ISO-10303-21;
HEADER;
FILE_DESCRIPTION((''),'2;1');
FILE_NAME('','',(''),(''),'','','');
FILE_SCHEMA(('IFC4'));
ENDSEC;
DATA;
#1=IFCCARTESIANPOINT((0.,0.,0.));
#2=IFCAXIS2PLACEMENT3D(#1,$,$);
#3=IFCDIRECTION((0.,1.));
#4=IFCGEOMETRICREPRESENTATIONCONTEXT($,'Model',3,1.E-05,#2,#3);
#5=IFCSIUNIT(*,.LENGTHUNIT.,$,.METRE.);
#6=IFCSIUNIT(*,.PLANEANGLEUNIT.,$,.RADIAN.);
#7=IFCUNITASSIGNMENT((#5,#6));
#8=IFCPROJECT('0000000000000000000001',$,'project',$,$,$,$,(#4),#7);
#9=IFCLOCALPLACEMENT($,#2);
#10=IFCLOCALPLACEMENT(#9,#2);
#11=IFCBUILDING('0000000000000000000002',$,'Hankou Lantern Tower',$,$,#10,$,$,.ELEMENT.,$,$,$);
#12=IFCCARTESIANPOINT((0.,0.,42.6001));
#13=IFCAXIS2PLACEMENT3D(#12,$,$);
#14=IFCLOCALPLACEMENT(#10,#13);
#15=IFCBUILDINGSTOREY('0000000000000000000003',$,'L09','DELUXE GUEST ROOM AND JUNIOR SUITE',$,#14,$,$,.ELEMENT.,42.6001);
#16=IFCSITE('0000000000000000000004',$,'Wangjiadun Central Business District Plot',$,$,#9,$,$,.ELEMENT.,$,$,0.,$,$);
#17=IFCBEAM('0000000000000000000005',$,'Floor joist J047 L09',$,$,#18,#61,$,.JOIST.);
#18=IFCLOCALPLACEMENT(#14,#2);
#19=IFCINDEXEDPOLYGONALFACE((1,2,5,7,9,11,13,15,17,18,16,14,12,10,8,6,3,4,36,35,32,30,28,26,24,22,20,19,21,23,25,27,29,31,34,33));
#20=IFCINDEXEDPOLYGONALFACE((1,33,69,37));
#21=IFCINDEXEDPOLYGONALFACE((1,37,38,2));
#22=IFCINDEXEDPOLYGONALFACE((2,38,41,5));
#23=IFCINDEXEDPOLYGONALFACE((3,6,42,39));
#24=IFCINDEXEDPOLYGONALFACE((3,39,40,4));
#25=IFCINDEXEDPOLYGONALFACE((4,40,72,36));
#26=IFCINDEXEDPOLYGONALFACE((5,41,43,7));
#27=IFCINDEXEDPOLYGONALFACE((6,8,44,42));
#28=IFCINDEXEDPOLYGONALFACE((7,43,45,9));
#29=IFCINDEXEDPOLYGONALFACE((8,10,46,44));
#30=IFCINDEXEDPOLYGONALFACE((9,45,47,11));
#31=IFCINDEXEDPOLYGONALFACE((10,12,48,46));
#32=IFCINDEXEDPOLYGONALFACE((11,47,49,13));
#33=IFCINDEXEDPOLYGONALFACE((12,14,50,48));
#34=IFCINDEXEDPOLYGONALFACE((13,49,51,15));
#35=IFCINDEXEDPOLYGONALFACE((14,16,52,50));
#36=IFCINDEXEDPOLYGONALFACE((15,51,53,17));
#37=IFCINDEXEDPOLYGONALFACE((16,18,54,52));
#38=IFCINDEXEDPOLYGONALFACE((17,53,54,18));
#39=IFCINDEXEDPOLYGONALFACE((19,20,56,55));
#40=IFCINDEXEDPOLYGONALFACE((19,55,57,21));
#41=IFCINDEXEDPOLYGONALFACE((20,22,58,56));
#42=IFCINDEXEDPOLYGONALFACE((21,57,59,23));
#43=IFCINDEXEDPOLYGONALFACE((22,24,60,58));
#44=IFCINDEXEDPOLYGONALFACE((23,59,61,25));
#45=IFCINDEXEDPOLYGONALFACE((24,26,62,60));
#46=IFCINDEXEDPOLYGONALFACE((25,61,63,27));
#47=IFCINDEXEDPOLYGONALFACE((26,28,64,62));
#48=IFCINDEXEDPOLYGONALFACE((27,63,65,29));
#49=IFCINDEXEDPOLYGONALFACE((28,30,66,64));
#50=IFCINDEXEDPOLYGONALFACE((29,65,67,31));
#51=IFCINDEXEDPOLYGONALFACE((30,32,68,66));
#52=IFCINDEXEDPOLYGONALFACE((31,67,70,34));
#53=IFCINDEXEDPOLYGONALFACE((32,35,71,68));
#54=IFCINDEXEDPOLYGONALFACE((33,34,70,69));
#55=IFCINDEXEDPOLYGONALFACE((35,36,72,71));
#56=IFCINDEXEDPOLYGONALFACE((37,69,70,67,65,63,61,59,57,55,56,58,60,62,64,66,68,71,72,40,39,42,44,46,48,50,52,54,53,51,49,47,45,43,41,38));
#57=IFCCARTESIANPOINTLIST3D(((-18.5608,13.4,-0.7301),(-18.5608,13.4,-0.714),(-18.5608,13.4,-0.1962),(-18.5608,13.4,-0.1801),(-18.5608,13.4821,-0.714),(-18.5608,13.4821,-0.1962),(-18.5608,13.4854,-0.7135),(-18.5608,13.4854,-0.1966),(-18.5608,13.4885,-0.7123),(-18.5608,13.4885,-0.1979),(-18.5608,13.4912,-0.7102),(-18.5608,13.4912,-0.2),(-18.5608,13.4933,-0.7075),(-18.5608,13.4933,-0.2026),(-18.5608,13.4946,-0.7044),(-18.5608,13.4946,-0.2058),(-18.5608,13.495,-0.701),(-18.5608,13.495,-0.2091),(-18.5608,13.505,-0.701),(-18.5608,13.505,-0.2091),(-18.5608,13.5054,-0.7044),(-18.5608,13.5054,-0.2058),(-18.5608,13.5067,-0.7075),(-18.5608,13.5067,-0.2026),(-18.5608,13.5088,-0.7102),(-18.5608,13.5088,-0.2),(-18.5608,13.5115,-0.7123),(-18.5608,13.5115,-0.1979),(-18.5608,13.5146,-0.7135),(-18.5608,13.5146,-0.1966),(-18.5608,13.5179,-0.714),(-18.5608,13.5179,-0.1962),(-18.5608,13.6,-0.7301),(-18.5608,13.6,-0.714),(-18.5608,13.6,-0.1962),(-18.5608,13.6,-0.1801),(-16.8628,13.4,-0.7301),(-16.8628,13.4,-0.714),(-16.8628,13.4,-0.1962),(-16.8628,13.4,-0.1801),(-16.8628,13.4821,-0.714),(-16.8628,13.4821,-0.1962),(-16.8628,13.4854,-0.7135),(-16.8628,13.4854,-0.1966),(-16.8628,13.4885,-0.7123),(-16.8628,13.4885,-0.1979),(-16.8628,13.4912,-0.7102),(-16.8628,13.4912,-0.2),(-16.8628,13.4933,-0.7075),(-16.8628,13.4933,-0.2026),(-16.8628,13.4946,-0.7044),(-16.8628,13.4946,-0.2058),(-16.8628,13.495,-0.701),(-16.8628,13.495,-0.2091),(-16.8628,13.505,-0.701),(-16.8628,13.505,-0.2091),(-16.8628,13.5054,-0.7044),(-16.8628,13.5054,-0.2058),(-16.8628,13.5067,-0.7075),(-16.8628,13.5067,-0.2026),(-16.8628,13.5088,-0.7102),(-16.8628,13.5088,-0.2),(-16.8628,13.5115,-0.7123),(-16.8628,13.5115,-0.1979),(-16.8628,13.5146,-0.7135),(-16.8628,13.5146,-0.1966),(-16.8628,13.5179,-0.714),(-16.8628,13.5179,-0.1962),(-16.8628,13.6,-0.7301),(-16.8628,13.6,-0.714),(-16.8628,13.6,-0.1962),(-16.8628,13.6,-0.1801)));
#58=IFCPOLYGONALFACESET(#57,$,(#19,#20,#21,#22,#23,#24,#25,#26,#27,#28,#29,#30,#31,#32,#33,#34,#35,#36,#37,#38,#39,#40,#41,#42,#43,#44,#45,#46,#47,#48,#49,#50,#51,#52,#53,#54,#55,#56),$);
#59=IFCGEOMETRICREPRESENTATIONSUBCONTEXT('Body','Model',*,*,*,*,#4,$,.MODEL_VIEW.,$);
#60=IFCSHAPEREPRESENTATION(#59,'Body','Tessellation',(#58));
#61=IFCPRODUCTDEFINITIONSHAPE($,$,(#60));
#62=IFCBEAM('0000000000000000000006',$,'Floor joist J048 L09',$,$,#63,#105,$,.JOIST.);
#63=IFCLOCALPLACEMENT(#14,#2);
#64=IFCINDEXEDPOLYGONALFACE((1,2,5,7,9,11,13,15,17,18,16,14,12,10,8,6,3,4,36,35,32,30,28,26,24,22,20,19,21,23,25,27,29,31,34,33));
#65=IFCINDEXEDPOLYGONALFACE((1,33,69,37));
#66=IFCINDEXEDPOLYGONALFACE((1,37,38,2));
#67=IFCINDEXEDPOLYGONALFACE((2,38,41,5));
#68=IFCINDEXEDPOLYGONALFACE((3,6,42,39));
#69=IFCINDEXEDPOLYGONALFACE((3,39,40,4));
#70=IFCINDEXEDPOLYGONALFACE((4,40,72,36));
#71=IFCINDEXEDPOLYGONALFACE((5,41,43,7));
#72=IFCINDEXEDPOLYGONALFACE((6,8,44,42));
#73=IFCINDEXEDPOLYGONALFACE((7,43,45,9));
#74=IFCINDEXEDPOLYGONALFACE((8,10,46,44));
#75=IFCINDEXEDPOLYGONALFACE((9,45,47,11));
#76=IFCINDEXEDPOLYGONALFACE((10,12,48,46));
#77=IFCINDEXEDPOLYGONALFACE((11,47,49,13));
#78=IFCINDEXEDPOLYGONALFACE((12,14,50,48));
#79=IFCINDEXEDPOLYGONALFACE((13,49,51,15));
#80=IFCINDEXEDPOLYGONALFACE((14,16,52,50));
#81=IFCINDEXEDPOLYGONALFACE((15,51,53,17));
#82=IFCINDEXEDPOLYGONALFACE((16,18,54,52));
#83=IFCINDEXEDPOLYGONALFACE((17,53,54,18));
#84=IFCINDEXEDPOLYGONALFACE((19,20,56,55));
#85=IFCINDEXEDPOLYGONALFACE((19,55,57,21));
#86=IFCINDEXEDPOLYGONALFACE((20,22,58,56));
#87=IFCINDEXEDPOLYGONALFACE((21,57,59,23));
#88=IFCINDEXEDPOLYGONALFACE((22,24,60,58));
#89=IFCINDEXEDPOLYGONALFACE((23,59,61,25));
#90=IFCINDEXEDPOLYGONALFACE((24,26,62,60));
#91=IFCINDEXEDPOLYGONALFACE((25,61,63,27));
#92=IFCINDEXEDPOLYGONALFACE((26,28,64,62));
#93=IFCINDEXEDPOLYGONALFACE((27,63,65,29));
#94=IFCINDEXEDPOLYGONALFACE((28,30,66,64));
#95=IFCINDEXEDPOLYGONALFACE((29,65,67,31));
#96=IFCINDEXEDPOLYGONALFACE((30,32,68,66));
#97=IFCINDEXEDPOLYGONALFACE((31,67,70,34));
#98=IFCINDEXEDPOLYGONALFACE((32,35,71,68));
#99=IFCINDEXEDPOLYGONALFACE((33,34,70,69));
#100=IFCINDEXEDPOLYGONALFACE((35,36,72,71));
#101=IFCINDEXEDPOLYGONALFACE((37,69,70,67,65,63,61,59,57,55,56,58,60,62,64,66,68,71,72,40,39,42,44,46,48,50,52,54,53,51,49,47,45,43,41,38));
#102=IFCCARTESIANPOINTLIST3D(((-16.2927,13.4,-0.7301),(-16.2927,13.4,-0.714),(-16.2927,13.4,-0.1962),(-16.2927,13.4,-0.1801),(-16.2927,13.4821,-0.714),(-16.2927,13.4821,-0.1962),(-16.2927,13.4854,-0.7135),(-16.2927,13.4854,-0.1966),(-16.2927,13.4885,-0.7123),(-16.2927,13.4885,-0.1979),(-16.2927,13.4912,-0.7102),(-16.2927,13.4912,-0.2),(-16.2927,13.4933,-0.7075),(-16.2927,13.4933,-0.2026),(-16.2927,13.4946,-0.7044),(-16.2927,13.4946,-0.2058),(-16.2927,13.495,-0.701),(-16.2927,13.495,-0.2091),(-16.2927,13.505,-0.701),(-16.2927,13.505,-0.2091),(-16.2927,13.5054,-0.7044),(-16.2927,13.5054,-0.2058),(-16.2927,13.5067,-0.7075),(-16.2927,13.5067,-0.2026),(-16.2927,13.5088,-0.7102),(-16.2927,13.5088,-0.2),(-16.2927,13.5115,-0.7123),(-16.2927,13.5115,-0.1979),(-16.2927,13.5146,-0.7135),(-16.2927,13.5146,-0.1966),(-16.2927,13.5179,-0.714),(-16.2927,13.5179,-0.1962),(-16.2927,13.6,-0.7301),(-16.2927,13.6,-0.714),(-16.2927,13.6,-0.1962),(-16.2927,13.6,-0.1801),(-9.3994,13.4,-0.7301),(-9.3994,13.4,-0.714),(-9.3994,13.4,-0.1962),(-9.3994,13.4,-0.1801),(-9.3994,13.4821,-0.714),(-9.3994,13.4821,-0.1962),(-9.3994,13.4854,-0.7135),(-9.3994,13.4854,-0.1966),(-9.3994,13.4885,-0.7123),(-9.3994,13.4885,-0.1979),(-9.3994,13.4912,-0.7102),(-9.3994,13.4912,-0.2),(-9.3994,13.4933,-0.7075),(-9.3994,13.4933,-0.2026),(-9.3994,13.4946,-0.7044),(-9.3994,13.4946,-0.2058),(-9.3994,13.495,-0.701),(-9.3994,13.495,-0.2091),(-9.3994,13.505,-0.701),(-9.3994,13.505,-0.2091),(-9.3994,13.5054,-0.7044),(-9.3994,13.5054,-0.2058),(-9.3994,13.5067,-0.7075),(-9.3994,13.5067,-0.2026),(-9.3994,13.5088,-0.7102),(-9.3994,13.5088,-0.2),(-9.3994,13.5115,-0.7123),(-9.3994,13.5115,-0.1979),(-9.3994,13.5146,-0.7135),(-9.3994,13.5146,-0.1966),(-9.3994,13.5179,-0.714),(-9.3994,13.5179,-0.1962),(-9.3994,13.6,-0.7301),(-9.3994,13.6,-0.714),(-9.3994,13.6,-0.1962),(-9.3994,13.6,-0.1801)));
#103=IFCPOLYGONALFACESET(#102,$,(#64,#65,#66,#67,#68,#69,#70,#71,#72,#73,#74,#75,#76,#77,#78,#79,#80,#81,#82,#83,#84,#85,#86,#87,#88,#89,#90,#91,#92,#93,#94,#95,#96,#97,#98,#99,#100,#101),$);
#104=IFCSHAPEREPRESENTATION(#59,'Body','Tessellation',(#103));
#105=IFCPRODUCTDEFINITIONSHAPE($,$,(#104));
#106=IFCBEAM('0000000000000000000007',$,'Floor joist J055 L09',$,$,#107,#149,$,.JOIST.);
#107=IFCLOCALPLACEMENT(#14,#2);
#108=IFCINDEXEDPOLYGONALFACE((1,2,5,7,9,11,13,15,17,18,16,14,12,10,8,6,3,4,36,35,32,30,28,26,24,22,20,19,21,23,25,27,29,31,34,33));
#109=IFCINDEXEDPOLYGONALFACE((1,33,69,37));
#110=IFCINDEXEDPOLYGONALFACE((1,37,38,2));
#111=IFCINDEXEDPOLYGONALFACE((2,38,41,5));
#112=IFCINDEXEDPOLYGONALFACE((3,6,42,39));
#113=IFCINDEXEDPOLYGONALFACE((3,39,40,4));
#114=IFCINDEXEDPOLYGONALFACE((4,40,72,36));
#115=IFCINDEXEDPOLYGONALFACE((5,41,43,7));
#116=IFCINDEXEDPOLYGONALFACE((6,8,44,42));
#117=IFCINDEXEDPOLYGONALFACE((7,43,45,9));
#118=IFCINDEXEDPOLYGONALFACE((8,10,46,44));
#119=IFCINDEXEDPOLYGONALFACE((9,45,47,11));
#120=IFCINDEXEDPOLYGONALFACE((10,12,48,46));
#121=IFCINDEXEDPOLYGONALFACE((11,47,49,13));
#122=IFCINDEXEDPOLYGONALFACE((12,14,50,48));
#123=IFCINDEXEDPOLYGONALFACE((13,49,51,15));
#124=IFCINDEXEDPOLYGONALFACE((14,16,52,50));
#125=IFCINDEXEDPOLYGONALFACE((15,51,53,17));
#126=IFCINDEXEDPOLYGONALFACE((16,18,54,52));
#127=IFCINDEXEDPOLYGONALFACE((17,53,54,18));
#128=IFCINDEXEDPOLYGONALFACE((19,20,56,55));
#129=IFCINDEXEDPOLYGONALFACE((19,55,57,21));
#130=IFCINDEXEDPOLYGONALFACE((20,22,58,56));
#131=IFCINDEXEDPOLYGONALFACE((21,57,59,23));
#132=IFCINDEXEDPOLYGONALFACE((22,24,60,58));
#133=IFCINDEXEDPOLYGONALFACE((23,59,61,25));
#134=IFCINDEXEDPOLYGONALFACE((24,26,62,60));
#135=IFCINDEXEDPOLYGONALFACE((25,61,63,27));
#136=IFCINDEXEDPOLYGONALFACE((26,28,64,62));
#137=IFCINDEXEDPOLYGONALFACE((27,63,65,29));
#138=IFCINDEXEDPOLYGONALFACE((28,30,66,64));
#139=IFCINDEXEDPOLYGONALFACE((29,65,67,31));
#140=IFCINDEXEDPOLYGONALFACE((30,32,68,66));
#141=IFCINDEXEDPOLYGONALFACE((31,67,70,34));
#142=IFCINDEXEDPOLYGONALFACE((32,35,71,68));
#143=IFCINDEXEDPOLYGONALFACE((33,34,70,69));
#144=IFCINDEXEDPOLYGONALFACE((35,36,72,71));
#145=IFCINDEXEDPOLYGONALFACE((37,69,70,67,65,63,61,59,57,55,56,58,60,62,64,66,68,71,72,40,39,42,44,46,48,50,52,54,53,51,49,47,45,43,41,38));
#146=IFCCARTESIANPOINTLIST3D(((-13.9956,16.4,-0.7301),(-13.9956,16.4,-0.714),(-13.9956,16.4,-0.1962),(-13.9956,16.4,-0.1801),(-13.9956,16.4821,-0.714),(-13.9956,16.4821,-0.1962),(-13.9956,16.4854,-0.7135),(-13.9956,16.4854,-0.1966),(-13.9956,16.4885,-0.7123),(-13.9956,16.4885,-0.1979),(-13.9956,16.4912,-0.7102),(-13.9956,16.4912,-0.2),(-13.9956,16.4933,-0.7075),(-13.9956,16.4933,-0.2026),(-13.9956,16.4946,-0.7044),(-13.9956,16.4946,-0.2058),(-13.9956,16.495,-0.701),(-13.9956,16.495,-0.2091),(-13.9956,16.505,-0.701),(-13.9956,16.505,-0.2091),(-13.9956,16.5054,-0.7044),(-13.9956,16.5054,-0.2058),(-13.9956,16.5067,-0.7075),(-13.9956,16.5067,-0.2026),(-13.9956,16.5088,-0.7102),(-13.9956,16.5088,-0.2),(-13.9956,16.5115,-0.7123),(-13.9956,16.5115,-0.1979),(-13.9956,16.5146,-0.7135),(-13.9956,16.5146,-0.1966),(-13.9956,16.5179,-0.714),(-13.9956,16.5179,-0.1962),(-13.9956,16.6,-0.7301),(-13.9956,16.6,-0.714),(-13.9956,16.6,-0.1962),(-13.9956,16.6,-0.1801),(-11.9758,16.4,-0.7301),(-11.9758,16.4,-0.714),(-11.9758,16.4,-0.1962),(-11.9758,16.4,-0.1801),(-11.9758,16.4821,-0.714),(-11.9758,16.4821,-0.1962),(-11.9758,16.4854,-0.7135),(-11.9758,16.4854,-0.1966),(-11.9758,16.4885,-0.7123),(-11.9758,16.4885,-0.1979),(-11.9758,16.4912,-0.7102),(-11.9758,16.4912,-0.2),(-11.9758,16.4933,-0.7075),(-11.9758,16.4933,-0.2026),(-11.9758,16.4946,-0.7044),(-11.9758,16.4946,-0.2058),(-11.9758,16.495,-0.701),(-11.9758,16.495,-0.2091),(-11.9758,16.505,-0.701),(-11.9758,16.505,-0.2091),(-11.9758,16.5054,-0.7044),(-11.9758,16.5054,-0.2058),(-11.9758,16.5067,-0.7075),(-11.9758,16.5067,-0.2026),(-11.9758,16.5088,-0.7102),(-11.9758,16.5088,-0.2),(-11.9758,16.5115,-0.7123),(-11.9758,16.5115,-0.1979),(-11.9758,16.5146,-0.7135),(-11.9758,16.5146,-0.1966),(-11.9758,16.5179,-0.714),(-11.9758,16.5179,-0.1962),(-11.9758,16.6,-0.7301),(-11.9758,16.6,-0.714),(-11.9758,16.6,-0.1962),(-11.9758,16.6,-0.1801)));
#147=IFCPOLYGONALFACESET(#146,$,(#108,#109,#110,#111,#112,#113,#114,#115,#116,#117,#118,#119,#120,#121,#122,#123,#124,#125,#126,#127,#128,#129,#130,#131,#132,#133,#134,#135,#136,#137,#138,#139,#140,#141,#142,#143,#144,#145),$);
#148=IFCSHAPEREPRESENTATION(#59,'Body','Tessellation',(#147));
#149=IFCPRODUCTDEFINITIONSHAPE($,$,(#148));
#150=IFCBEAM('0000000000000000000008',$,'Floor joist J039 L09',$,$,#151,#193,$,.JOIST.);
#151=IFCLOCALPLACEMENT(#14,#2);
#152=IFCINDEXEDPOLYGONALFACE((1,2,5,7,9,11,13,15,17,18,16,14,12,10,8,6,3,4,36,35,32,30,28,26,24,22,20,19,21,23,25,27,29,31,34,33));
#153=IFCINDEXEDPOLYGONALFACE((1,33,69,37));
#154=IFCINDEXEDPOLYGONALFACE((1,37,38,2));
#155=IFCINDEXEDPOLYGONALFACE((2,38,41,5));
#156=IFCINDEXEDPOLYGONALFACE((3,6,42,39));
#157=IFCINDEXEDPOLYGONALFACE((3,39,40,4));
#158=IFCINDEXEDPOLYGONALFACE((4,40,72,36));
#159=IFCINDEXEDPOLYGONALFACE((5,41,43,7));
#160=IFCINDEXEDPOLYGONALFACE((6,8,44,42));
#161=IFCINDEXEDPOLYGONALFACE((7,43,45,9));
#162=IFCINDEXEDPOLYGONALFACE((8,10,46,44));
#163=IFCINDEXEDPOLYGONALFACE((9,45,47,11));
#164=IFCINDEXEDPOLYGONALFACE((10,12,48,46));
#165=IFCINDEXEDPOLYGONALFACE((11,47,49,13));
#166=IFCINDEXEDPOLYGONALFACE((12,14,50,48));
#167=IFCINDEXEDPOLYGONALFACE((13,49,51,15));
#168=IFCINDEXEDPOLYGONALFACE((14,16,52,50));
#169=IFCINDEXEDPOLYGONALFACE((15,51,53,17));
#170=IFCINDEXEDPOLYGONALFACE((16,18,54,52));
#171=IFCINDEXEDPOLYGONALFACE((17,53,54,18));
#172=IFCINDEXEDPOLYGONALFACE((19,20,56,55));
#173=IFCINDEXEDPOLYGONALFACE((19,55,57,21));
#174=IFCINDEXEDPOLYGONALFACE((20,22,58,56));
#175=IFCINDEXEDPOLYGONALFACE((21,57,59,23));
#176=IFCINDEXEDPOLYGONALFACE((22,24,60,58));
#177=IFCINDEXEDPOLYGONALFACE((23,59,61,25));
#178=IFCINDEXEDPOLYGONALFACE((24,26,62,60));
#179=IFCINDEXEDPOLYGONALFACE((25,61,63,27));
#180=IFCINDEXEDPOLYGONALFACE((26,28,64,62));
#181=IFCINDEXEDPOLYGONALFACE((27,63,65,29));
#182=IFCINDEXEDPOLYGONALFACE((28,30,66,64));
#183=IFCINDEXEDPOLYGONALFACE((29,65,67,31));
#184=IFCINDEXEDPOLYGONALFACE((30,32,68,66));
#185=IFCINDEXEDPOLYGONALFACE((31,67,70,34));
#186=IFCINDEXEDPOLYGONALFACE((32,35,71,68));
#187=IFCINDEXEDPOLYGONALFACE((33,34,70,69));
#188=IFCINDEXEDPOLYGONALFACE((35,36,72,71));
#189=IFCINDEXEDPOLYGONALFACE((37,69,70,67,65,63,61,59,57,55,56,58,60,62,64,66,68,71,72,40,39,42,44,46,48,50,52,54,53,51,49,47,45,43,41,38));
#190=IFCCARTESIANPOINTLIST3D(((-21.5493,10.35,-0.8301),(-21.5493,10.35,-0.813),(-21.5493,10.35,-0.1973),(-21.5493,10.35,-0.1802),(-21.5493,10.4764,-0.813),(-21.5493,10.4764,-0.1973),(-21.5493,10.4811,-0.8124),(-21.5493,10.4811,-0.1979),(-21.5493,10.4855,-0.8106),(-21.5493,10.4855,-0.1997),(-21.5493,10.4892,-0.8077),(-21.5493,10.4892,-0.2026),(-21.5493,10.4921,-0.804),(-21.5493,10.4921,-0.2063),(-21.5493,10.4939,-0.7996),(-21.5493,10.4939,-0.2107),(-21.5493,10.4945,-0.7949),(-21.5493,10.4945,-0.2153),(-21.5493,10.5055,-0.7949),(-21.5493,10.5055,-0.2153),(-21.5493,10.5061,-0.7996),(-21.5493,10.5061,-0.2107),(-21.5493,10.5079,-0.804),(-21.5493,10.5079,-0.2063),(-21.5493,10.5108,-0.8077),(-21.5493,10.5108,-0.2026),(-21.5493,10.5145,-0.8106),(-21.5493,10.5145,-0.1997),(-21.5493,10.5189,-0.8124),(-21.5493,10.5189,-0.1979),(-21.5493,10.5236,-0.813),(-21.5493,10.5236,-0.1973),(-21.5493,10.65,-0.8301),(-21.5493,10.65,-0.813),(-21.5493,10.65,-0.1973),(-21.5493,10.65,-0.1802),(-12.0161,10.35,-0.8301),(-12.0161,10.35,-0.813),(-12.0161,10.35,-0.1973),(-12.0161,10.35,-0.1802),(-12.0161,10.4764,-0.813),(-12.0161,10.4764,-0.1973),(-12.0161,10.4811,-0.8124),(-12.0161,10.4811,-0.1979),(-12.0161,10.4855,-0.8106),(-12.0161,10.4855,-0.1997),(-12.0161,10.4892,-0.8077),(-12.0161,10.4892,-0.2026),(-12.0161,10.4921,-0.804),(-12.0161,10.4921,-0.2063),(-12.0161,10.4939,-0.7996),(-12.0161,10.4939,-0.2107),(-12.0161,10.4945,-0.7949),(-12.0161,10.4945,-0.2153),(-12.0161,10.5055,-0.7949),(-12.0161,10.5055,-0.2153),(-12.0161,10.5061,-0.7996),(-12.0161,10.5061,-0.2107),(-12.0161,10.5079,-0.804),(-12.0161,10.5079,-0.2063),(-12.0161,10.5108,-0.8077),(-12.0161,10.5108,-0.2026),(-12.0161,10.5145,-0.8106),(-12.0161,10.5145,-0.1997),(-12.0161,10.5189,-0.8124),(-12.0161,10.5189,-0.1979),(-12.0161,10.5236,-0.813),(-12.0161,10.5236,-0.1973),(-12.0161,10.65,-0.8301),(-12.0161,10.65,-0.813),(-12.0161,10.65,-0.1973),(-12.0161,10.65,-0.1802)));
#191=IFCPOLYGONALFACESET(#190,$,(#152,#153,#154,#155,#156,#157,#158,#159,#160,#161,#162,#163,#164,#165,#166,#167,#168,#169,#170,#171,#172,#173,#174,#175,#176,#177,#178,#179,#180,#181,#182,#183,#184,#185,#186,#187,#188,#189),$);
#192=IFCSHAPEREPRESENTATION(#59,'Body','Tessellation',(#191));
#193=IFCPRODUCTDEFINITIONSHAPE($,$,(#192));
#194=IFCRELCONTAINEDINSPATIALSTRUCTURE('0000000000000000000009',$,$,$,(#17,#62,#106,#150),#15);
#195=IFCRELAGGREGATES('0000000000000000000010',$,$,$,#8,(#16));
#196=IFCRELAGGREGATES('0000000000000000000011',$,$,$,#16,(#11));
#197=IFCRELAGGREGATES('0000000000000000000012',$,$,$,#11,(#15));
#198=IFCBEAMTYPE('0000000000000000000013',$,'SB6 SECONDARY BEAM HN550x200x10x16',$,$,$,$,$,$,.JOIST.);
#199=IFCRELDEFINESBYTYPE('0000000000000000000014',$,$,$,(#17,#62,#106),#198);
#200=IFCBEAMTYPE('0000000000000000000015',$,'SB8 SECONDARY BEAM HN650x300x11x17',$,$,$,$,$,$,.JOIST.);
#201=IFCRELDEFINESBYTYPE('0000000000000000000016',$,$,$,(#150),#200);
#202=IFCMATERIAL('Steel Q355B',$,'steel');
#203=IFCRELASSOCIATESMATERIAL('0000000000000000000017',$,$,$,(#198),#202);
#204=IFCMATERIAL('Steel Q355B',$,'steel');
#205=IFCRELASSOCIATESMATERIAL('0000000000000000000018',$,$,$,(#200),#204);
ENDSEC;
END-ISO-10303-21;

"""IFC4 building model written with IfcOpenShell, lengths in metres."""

from ifc_helpers import new_model, si_unit, direction, frame, origin, origin_2d, place, context, subcontext, project, spatial, i_section, extrude, material, material_profile, profile_set, type_object, element, save


model = new_model("IFC4")

# Units and contexts
model_context = context("Model", 3, precision=1e-05, world=origin(), true_north=direction((0.0, 1.0)))
body_context = subcontext(model_context, "Body", "Model", "MODEL_VIEW")
ifc_project = project(units=[si_unit("LENGTHUNIT", "METRE"), si_unit("PLANEANGLEUNIT", "RADIAN")], contexts=[model_context])

# Site, building, storey
site_placement = place(None, origin())
site = spatial("IfcSite", under=ifc_project, at=site_placement, Name="Wangjiadun Central Business District Plot", CompositionType="ELEMENT", RefElevation=0.0)
building_placement = place(site_placement, origin())
building = spatial("IfcBuilding", under=site, at=building_placement, Name="Hankou Lantern Tower", CompositionType="ELEMENT")
storey_placement = place(building_placement, frame((0.0, 0.0, 42.6001)))
storey = spatial("IfcBuildingStorey", under=building, at=storey_placement, Name="L09", Description="DELUXE GUEST ROOM AND JUNIOR SUITE", CompositionType="ELEMENT", Elevation=42.6001)

# Beams
ifc_material_1 = material(Name="Steel Q355B", Category="steel")
ifc_material_profile_1 = material_profile(ifc_material_1, i_section(OverallWidth=0.2, OverallDepth=0.55, WebThickness=0.01, FlangeThickness=0.0161, FilletRadius=0.0129, at=origin_2d()), Name="HN550x200x10x16")
ifc_profile_set_1 = profile_set([ifc_material_profile_1], Name="Steel Q355B")
beam_type_1 = type_object("IfcBeamType", Name="SB6 SECONDARY BEAM HN550x200x10x16", PredefinedType="JOIST", material=ifc_profile_set_1)
beam_1_placement = place(storey_placement, frame((-18.5608, 13.5, -0.4551), z_axis=(1.0, 0.0, 0.0), x_axis=(0.0, 1.0, 0.0)))
element("IfcBeam", 1, at=beam_1_placement, inside=storey, type_object=beam_type_1, Name="Floor joist J047 L09", PredefinedType="JOIST", context=body_context, shape_type="SweptSolid", body=[
    extrude(i_section(OverallWidth=0.2, OverallDepth=0.55, WebThickness=0.01, FlangeThickness=0.0161, FilletRadius=0.0129, at=origin_2d()), origin(), (0.0, 0.0, 1.0), 1.698),
])
beam_2_placement = place(storey_placement, frame((-16.2927, 13.5, -0.4551), z_axis=(1.0, 0.0, 0.0), x_axis=(0.0, 1.0, 0.0)))
element("IfcBeam", 2, at=beam_2_placement, inside=storey, type_object=beam_type_1, Name="Floor joist J048 L09", PredefinedType="JOIST", context=body_context, shape_type="SweptSolid", body=[
    extrude(i_section(OverallWidth=0.2, OverallDepth=0.55, WebThickness=0.01, FlangeThickness=0.0161, FilletRadius=0.0129, at=origin_2d()), origin(), (0.0, 0.0, 1.0), 6.8933),
])
beam_3_placement = place(storey_placement, frame((-13.9956, 16.5, -0.4551), z_axis=(1.0, 0.0, 0.0), x_axis=(0.0, 1.0, 0.0)))
element("IfcBeam", 3, at=beam_3_placement, inside=storey, type_object=beam_type_1, Name="Floor joist J055 L09", PredefinedType="JOIST", context=body_context, shape_type="SweptSolid", body=[
    extrude(i_section(OverallWidth=0.2, OverallDepth=0.55, WebThickness=0.01, FlangeThickness=0.0161, FilletRadius=0.0129, at=origin_2d()), origin(), (0.0, 0.0, 1.0), 2.0198),
])
ifc_material_2 = material(Name="Steel Q355B", Category="steel")
ifc_material_profile_2 = material_profile(ifc_material_2, i_section(OverallWidth=0.3, OverallDepth=0.6499, WebThickness=0.011, FlangeThickness=0.0171, FilletRadius=0.0181, at=origin_2d()), Name="HN650x300x11x17")
ifc_profile_set_2 = profile_set([ifc_material_profile_2], Name="Steel Q355B")
beam_type_2 = type_object("IfcBeamType", Name="SB8 SECONDARY BEAM HN650x300x11x17", PredefinedType="JOIST", material=ifc_profile_set_2)
beam_4_placement = place(storey_placement, frame((-21.5493, 10.5, -0.5051), z_axis=(1.0, 0.0, 0.0), x_axis=(0.0, 1.0, 0.0)))
element("IfcBeam", 4, at=beam_4_placement, inside=storey, type_object=beam_type_2, Name="Floor joist J039 L09", PredefinedType="JOIST", context=body_context, shape_type="SweptSolid", body=[
    extrude(i_section(OverallWidth=0.3, OverallDepth=0.6499, WebThickness=0.011, FlangeThickness=0.0171, FilletRadius=0.0181, at=origin_2d()), origin(), (0.0, 0.0, 1.0), 9.5332),
])

save(model, "model.ifc")
